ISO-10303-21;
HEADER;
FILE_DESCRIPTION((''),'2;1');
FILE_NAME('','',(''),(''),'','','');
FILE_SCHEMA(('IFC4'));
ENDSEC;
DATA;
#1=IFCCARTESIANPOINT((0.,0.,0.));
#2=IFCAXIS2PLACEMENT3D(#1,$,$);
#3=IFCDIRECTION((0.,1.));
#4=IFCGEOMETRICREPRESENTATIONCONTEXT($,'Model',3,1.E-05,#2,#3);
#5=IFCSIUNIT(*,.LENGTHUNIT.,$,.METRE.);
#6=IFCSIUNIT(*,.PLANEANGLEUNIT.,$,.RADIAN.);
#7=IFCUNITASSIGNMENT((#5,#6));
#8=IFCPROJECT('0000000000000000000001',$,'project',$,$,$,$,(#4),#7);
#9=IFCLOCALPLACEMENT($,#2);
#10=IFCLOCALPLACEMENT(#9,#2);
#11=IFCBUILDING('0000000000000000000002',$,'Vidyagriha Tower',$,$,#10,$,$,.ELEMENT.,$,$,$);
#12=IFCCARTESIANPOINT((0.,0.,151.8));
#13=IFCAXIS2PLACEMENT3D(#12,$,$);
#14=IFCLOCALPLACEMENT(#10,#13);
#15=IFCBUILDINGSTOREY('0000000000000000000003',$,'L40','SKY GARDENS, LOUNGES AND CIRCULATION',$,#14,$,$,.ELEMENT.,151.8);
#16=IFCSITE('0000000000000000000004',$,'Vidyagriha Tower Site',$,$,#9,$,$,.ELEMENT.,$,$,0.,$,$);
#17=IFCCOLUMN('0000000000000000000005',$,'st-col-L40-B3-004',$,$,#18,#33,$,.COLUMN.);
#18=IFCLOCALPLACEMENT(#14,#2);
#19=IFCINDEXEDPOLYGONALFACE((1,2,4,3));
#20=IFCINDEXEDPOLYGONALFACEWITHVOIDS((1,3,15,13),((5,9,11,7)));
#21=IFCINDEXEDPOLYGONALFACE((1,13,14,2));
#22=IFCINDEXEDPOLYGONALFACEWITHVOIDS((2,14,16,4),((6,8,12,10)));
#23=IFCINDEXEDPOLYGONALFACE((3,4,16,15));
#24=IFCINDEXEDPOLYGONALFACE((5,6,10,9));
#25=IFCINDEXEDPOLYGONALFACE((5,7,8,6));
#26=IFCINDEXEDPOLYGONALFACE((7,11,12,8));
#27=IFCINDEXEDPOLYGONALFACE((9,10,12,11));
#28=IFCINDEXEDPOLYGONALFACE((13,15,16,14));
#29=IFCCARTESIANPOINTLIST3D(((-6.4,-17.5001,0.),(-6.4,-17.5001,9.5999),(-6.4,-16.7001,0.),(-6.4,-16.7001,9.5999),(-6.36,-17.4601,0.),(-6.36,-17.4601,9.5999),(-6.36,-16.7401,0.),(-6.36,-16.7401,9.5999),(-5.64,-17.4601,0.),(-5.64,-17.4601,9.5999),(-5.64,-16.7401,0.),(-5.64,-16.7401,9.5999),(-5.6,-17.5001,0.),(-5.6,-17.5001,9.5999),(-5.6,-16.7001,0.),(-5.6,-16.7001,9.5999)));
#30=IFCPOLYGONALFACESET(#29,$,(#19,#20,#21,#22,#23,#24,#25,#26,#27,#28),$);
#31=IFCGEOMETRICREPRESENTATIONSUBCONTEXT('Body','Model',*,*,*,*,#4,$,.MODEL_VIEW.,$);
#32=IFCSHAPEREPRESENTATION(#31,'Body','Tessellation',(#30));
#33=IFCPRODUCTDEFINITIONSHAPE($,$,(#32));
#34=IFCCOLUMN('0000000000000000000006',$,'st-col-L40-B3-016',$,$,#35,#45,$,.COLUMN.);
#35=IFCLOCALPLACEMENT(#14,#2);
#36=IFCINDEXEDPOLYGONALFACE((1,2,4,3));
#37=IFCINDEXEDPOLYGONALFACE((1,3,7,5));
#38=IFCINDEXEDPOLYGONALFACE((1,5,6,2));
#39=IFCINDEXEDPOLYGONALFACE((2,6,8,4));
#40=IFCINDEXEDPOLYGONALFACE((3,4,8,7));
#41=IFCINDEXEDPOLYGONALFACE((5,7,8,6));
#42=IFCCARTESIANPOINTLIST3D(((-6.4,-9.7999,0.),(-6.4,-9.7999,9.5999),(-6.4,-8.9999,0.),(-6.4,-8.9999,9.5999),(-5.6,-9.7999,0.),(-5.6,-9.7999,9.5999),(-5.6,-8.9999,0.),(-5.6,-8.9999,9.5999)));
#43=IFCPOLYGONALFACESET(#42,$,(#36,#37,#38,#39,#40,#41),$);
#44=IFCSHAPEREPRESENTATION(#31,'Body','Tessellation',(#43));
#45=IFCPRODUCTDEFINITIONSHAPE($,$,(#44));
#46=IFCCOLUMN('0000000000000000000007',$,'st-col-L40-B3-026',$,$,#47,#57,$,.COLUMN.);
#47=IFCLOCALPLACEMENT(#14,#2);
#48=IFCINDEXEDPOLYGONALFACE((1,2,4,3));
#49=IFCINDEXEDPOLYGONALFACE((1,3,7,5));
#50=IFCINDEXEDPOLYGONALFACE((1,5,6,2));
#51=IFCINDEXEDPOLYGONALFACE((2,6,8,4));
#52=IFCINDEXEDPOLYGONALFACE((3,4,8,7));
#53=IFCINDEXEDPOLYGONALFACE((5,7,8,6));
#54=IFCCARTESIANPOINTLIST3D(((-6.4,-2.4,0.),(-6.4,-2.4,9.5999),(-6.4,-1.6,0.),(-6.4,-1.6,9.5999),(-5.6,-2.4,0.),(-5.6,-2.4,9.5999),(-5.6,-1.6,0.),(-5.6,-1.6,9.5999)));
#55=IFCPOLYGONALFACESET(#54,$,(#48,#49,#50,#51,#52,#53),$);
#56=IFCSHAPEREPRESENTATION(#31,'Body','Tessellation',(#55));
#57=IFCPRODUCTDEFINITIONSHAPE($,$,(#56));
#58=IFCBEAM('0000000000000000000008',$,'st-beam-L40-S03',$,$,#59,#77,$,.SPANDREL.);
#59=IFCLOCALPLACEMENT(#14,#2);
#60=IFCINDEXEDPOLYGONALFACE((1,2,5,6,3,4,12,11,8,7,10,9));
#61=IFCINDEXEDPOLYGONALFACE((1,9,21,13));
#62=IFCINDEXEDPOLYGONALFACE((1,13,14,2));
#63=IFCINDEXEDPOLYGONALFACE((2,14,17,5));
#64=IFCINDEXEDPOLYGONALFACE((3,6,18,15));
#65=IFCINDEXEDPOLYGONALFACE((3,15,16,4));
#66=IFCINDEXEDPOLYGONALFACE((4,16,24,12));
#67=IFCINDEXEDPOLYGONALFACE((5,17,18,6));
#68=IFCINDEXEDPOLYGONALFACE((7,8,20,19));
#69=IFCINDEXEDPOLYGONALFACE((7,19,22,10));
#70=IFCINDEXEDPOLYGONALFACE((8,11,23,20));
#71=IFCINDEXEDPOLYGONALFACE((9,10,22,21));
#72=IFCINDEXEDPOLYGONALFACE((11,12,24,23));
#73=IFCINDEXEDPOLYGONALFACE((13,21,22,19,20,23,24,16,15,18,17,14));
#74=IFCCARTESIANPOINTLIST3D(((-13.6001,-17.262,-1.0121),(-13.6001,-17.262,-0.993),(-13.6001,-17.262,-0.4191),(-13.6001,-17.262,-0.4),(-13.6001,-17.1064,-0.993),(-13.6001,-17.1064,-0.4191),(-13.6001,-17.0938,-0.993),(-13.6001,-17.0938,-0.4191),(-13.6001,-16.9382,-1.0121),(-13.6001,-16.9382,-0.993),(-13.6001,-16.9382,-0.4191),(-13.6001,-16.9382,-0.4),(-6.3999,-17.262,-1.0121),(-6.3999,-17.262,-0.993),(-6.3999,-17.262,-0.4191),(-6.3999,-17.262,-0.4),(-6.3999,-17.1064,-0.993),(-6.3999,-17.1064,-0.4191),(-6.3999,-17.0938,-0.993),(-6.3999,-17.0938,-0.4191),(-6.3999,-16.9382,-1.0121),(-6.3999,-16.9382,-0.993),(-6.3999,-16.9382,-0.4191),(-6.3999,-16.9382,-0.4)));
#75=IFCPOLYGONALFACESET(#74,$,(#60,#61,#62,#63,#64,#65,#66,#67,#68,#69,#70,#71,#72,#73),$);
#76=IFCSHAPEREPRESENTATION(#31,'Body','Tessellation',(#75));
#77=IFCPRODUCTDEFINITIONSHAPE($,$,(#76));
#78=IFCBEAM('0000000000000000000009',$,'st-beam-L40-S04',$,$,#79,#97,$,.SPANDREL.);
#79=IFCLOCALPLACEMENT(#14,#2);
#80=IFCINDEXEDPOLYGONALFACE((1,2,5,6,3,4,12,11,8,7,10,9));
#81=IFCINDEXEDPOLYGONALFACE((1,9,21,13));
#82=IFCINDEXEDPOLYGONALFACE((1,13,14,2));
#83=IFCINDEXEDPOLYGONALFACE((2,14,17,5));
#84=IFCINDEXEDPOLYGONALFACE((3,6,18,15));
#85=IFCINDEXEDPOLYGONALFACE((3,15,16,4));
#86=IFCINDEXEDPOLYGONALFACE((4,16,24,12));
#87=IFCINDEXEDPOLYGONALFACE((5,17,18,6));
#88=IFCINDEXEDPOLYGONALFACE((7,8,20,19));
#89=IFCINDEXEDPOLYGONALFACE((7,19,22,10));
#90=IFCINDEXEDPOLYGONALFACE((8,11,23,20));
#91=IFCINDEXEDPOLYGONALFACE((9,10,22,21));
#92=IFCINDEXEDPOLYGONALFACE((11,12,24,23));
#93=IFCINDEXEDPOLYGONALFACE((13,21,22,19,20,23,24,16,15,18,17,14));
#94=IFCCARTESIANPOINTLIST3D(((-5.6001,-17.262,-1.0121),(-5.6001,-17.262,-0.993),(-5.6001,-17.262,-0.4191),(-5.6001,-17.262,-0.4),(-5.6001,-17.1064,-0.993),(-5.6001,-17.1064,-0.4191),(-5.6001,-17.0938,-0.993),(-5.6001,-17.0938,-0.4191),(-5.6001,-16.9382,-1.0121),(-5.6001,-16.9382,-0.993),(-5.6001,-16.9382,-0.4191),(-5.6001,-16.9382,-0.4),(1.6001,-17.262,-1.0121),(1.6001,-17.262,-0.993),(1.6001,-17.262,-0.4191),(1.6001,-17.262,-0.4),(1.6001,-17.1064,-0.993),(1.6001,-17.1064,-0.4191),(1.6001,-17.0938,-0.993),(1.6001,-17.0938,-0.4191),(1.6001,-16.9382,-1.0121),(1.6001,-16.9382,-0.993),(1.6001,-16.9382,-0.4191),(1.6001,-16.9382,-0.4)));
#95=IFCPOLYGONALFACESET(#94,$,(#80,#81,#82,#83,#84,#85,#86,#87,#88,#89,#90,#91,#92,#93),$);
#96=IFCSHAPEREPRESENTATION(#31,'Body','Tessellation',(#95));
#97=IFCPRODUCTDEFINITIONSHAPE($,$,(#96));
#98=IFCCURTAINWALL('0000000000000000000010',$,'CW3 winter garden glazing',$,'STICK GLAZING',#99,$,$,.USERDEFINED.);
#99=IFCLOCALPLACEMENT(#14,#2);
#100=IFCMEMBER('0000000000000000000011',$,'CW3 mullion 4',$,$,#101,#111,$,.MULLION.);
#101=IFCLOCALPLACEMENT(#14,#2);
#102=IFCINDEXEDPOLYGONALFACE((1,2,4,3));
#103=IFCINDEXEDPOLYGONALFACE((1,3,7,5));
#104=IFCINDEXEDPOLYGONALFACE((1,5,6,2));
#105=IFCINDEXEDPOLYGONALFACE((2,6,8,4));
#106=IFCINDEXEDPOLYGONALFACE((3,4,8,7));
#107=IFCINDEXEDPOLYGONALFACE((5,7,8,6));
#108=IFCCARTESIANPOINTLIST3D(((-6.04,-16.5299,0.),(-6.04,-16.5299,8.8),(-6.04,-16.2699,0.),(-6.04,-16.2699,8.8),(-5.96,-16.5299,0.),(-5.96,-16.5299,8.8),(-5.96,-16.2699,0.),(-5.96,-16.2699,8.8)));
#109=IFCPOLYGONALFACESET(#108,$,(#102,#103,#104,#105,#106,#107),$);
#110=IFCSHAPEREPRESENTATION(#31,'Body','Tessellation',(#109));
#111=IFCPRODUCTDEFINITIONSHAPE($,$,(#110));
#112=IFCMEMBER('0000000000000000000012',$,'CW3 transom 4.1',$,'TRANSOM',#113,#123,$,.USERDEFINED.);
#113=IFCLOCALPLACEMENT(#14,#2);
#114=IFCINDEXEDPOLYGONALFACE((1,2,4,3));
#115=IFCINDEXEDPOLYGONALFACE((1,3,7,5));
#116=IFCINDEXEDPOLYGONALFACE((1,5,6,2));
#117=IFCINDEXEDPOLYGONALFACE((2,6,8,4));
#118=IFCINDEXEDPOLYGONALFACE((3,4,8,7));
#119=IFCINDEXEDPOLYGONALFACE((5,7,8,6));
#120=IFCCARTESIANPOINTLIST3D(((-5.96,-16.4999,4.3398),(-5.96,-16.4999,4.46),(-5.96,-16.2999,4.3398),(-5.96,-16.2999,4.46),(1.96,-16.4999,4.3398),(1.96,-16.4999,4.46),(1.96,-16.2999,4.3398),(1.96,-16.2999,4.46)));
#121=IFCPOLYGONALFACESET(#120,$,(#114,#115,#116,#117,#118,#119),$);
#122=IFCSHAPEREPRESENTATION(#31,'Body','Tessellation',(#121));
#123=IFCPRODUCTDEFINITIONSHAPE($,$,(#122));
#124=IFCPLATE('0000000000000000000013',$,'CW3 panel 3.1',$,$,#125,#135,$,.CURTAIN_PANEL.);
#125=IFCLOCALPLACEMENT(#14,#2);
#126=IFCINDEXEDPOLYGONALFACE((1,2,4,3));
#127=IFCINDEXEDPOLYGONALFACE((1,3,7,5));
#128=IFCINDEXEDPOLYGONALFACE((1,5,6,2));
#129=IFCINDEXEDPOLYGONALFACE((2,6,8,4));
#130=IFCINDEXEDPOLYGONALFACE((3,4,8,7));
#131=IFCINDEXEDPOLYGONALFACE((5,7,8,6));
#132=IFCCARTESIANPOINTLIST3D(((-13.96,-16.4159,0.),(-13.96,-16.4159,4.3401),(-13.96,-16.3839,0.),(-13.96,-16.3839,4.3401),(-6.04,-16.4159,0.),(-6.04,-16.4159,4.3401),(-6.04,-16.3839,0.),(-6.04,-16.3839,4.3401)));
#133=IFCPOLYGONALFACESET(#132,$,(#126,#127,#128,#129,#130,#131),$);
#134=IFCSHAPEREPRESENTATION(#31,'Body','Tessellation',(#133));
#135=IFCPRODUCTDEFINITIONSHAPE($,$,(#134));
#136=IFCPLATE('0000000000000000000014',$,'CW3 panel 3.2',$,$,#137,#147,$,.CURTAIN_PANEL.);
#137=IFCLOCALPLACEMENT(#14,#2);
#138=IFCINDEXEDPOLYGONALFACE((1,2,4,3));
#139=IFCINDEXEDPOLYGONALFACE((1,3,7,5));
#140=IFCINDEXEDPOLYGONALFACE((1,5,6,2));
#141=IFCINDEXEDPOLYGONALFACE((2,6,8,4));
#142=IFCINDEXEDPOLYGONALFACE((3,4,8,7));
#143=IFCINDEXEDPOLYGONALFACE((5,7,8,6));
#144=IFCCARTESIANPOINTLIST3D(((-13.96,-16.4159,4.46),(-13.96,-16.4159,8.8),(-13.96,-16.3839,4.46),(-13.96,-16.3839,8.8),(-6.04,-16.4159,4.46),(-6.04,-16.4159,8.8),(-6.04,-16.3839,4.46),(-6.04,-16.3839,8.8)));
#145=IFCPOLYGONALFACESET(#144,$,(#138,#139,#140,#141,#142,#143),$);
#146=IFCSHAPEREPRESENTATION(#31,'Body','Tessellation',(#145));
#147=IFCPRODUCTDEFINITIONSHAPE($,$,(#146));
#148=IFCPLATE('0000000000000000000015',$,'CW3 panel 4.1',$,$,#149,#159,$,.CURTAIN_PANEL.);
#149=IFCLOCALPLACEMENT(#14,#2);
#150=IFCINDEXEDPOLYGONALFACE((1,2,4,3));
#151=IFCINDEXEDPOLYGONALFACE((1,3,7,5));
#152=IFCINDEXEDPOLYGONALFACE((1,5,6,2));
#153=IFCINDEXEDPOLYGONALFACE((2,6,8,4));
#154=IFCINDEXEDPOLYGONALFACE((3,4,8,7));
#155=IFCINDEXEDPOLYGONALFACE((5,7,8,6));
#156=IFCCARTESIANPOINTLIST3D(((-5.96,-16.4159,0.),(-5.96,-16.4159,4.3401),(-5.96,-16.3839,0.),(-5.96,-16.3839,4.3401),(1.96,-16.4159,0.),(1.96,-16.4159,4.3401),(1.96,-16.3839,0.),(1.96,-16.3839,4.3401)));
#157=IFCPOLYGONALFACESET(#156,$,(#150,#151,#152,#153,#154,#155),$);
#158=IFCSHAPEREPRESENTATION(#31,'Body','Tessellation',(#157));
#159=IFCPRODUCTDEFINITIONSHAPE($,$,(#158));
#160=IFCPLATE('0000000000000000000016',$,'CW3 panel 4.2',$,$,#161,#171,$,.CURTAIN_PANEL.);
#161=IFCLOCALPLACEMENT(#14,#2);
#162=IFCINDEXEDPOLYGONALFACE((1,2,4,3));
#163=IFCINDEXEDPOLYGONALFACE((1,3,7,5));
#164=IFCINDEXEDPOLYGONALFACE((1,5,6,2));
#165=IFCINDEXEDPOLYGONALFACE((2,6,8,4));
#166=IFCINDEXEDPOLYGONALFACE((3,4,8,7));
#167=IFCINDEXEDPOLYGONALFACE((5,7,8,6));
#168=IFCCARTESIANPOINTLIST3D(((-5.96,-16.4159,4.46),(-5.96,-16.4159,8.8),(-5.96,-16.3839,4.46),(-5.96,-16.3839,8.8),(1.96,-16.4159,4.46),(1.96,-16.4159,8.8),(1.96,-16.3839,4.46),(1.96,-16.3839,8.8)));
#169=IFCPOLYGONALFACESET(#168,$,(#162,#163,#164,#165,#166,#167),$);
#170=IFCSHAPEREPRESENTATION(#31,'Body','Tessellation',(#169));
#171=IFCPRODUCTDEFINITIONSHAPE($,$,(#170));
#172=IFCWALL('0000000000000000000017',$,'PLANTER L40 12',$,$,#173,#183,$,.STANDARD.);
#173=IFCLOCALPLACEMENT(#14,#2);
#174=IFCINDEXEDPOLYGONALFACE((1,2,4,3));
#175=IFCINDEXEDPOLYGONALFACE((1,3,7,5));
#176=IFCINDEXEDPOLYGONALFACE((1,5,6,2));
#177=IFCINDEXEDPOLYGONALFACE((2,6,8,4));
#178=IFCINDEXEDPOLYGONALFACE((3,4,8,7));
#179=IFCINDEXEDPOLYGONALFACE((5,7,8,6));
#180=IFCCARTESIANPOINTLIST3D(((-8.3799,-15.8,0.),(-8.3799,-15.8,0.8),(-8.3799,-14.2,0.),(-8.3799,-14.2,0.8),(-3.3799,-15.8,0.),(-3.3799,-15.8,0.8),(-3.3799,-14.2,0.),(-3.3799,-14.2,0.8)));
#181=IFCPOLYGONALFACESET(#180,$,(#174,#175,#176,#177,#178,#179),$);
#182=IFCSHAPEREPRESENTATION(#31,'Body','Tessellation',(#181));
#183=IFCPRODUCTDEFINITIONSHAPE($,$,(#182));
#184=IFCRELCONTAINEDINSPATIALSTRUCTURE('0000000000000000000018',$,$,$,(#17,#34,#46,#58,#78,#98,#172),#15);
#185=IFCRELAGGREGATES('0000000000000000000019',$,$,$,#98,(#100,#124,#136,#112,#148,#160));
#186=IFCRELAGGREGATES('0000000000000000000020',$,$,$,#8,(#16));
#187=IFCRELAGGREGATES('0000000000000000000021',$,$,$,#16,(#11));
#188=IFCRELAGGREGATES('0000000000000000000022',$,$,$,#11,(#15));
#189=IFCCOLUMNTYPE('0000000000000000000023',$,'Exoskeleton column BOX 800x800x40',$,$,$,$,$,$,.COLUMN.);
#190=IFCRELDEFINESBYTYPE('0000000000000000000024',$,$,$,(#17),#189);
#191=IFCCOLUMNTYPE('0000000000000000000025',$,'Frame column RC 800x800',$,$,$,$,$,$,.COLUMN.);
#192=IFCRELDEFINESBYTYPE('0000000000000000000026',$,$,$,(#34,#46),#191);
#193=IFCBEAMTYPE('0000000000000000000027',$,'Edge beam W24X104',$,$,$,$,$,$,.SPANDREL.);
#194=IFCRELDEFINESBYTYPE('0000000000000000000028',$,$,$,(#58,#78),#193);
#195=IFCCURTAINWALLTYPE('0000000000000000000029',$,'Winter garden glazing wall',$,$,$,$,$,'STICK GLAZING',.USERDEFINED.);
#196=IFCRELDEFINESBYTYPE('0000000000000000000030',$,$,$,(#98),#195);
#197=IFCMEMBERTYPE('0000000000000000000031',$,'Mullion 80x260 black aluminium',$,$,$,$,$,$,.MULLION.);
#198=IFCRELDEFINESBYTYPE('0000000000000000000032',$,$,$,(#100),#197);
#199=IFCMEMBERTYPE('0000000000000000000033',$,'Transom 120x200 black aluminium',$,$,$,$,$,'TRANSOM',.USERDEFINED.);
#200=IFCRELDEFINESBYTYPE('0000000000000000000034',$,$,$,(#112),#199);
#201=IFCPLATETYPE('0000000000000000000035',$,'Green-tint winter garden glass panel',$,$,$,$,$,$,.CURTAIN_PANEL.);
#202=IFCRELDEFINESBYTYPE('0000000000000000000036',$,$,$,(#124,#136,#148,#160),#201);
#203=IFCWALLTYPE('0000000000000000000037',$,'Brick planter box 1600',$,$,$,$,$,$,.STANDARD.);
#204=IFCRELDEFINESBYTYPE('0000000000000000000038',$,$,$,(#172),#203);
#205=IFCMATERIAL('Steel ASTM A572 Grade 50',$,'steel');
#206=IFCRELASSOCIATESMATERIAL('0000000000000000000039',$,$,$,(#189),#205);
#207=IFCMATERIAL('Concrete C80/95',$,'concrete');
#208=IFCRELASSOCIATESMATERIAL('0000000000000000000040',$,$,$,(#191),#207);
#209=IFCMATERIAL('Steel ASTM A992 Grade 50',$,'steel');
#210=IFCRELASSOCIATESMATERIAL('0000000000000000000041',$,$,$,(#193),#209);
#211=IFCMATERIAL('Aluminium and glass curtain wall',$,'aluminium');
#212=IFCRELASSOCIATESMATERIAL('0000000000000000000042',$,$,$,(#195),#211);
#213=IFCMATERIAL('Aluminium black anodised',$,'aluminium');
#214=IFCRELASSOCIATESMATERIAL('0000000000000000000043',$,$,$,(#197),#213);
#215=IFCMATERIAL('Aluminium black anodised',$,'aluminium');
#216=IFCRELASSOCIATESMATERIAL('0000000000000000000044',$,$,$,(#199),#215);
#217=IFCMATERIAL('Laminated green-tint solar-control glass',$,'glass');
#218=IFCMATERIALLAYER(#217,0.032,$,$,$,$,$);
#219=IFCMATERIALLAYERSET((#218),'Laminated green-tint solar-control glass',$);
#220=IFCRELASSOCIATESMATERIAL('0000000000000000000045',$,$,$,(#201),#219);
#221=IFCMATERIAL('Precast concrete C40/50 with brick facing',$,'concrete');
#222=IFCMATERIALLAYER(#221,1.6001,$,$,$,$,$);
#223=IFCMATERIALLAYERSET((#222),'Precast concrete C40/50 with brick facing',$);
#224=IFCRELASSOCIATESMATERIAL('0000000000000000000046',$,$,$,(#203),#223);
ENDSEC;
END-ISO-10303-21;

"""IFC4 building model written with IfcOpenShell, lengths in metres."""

from ifc_helpers import new_model, si_unit, direction, frame, frame_2d, origin, origin_2d, place, context, subcontext, project, spatial, rectangle, hollow_rectangle, i_section, extrude, material, layer, layer_set, material_profile, profile_set, type_object, element, aggregate, save


model = new_model("IFC4")

# Units and contexts
model_context = context("Model", 3, precision=1e-05, world=origin(), true_north=direction((0.0, 1.0)))
body_context = subcontext(model_context, "Body", "Model", "MODEL_VIEW")
ifc_project = project(units=[si_unit("LENGTHUNIT", "METRE"), si_unit("PLANEANGLEUNIT", "RADIAN")], contexts=[model_context])

# Site, building, storey
site_placement = place(None, origin())
site = spatial("IfcSite", under=ifc_project, at=site_placement, Name="Vidyagriha Tower Site", CompositionType="ELEMENT", RefElevation=0.0)
building_placement = place(site_placement, origin())
building = spatial("IfcBuilding", under=site, at=building_placement, Name="Vidyagriha Tower", CompositionType="ELEMENT")
storey_placement = place(building_placement, frame((0.0, 0.0, 151.8)))
storey = spatial("IfcBuildingStorey", under=building, at=storey_placement, Name="L40", Description="SKY GARDENS, LOUNGES AND CIRCULATION", CompositionType="ELEMENT", Elevation=151.8)

# Columns
ifc_material_1 = material(Name="Steel ASTM A572 Grade 50", Category="steel")
ifc_material_profile_1 = material_profile(ifc_material_1, hollow_rectangle(XDim=0.8, YDim=0.8, WallThickness=0.04, at=origin_2d()), Name="BOX 800x800x40")
ifc_profile_set_1 = profile_set([ifc_material_profile_1], Name="Steel ASTM A572 Grade 50")
column_type_1 = type_object("IfcColumnType", Name="Exoskeleton column BOX 800x800x40", PredefinedType="COLUMN", material=ifc_profile_set_1)
column_placement = place(storey_placement, frame((-6.0, -17.1001, 0.0)))
element("IfcColumn", 1, at=column_placement, inside=storey, type_object=column_type_1, Name="st-col-L40-B3-004", PredefinedType="COLUMN", context=body_context, shape_type="SweptSolid", body=[
    extrude(hollow_rectangle(XDim=0.8, YDim=0.8, WallThickness=0.04, at=origin_2d()), origin(), (0.0, 0.0, 1.0), 9.5999),
])
ifc_material_2 = material(Name="Concrete C80/95", Category="concrete")
ifc_material_profile_2 = material_profile(ifc_material_2, rectangle(XDim=0.8, YDim=0.8, at=origin_2d()), Name="RC 800x800")
ifc_profile_set_2 = profile_set([ifc_material_profile_2], Name="Concrete C80/95")
column_type_2 = type_object("IfcColumnType", Name="Frame column RC 800x800", PredefinedType="COLUMN", material=ifc_profile_set_2)
for number, where, name in (
    (2, (-6.0, -9.3999, 0.0), "st-col-L40-B3-016"),
    (3, (-6.0, -2.0, 0.0), "st-col-L40-B3-026"),
):
    element("IfcColumn", number, at=place(storey_placement, frame(where)), inside=storey, type_object=column_type_2, Name=name, PredefinedType="COLUMN", context=body_context, shape_type="SweptSolid", body=[
        extrude(rectangle(XDim=0.8, YDim=0.8, at=origin_2d()), origin(), (0.0, 0.0, 1.0), 9.5999),
    ])

# Beams
ifc_material_3 = material(Name="Steel ASTM A992 Grade 50", Category="steel")
ifc_material_profile_3 = material_profile(ifc_material_3, i_section(OverallWidth=0.3237, OverallDepth=0.6121, WebThickness=0.0127, FlangeThickness=0.019, at=origin_2d()), Name="W24X104")
ifc_profile_set_3 = profile_set([ifc_material_profile_3], Name="Steel ASTM A992 Grade 50")
beam_type = type_object("IfcBeamType", Name="Edge beam W24X104", PredefinedType="SPANDREL", material=ifc_profile_set_3)
for number, where, z_axis, x_axis, name in (
    (4, (-13.6001, -17.1001, -0.7061), (1.0, 0.0, 0.0), (0.0, 1.0, 0.0), "st-beam-L40-S03"),
    (5, (-5.6001, -17.1001, -0.7061), (1.0, 0.0, 0.0), (0.0, 1.0, 0.0), "st-beam-L40-S04"),
):
    element("IfcBeam", number, at=place(storey_placement, frame(where, z_axis=z_axis, x_axis=x_axis)), inside=storey, type_object=beam_type, Name=name, PredefinedType="SPANDREL", context=body_context, shape_type="SweptSolid", body=[
        extrude(i_section(OverallWidth=0.3237, OverallDepth=0.6121, WebThickness=0.0127, FlangeThickness=0.019, at=origin_2d()), origin(), (0.0, 0.0, 1.0), 7.2002),
    ])

# Curtain wall, members, plates
ifc_material_4 = material(Name="Aluminium and glass curtain wall", Category="aluminium")
curtain_wall_type = type_object("IfcCurtainWallType", Name="Winter garden glazing wall", ElementType="STICK GLAZING", PredefinedType="USERDEFINED", material=ifc_material_4)
curtain_wall_placement = place(storey_placement, origin())
curtain_wall = element("IfcCurtainWall", 6, at=curtain_wall_placement, inside=storey, type_object=curtain_wall_type, Name="CW3 winter garden glazing", ObjectType="STICK GLAZING", PredefinedType="USERDEFINED")
ifc_material_5 = material(Name="Aluminium black anodised", Category="aluminium")
ifc_material_profile_4 = material_profile(ifc_material_5, rectangle(XDim=0.26, YDim=0.0801, at=origin_2d()), Name="Mullion 80x260 black aluminium")
ifc_profile_set_4 = profile_set([ifc_material_profile_4], Name="Aluminium black anodised")
member_type_1 = type_object("IfcMemberType", Name="Mullion 80x260 black aluminium", PredefinedType="MULLION", material=ifc_profile_set_4)
member_1_placement = place(storey_placement, frame((-6.0, -16.3999, 0.0), z_axis=(0.0, 0.0, 1.0), x_axis=(0.0, 1.0, 0.0)))
member_1 = element("IfcMember", 7, at=member_1_placement, type_object=member_type_1, Name="CW3 mullion 4", PredefinedType="MULLION", context=body_context, shape_type="SweptSolid", body=[
    extrude(rectangle(XDim=0.26, YDim=0.0801, at=origin_2d()), origin(), (0.0, 0.0, 1.0), 8.8),
])
ifc_material_6 = material(Name="Aluminium black anodised", Category="aluminium")
ifc_material_profile_5 = material_profile(ifc_material_6, rectangle(XDim=0.2, YDim=0.1201, at=origin_2d()), Name="Transom 120x200 black aluminium")
ifc_profile_set_5 = profile_set([ifc_material_profile_5], Name="Aluminium black anodised")
member_type_2 = type_object("IfcMemberType", Name="Transom 120x200 black aluminium", ElementType="TRANSOM", PredefinedType="USERDEFINED", material=ifc_profile_set_5)
member_2_placement = place(storey_placement, frame((-5.96, -16.3999, 4.3999), z_axis=(1.0, 0.0, 0.0), x_axis=(0.0, 1.0, 0.0)))
member_2 = element("IfcMember", 8, at=member_2_placement, type_object=member_type_2, Name="CW3 transom 4.1", ObjectType="TRANSOM", PredefinedType="USERDEFINED", context=body_context, shape_type="SweptSolid", body=[
    extrude(rectangle(XDim=0.2, YDim=0.1201, at=origin_2d()), origin(), (0.0, 0.0, 1.0), 7.9199),
])
ifc_material_7 = material(Name="Laminated green-tint solar-control glass", Category="glass")
ifc_layer_1 = layer(ifc_material_7, 0.032)
ifc_layer_set_1 = layer_set([ifc_layer_1], Name="Laminated green-tint solar-control glass")
plate_type = type_object("IfcPlateType", Name="Green-tint winter garden glass panel", PredefinedType="CURTAIN_PANEL", material=ifc_layer_set_1)
plate_1_placement = place(storey_placement, frame((-10.0, -16.3999, 0.0)))
plate_1 = element("IfcPlate", 9, at=plate_1_placement, type_object=plate_type, Name="CW3 panel 3.1", PredefinedType="CURTAIN_PANEL", context=body_context, shape_type="SweptSolid", body=[
    extrude(rectangle(XDim=7.9199, YDim=0.032, at=origin_2d()), origin(), (0.0, 0.0, 1.0), 4.3401),
])
plate_2_placement = place(storey_placement, frame((-10.0, -16.3999, 4.46)))
plate_2 = element("IfcPlate", 10, at=plate_2_placement, type_object=plate_type, Name="CW3 panel 3.2", PredefinedType="CURTAIN_PANEL", context=body_context, shape_type="SweptSolid", body=[
    extrude(rectangle(XDim=7.9199, YDim=0.032, at=origin_2d()), origin(), (0.0, 0.0, 1.0), 4.3401),
])
plate_3_placement = place(storey_placement, frame((-2.0, -16.3999, 0.0)))
plate_3 = element("IfcPlate", 11, at=plate_3_placement, type_object=plate_type, Name="CW3 panel 4.1", PredefinedType="CURTAIN_PANEL", context=body_context, shape_type="SweptSolid", body=[
    extrude(rectangle(XDim=7.9199, YDim=0.032, at=origin_2d()), origin(), (0.0, 0.0, 1.0), 4.3401),
])
plate_4_placement = place(storey_placement, frame((-2.0, -16.3999, 4.46)))
plate_4 = element("IfcPlate", 12, at=plate_4_placement, type_object=plate_type, Name="CW3 panel 4.2", PredefinedType="CURTAIN_PANEL", context=body_context, shape_type="SweptSolid", body=[
    extrude(rectangle(XDim=7.9199, YDim=0.032, at=origin_2d()), origin(), (0.0, 0.0, 1.0), 4.3401),
])
aggregate(curtain_wall, [member_1, plate_1, plate_2, member_2, plate_3, plate_4])

# Wall
ifc_material_8 = material(Name="Precast concrete C40/50 with brick facing", Category="concrete")
ifc_layer_2 = layer(ifc_material_8, 1.6001)
ifc_layer_set_2 = layer_set([ifc_layer_2], Name="Precast concrete C40/50 with brick facing")
wall_type_1 = type_object("IfcWallType", Name="Brick planter box 1600", PredefinedType="STANDARD", material=ifc_layer_set_2)
wall_1_placement = place(storey_placement, frame((-8.3799, -15.0, 0.0)))
element("IfcWall", 13, at=wall_1_placement, inside=storey, type_object=wall_type_1, Name="PLANTER L40 12", PredefinedType="STANDARD", context=body_context, shape_type="SweptSolid", body=[
    extrude(rectangle(XDim=5.0, YDim=1.6001, at=frame_2d((2.5, 0.0))), origin(), (0.0, 0.0, 1.0), 0.8),
])

save(model, "model.ifc")
